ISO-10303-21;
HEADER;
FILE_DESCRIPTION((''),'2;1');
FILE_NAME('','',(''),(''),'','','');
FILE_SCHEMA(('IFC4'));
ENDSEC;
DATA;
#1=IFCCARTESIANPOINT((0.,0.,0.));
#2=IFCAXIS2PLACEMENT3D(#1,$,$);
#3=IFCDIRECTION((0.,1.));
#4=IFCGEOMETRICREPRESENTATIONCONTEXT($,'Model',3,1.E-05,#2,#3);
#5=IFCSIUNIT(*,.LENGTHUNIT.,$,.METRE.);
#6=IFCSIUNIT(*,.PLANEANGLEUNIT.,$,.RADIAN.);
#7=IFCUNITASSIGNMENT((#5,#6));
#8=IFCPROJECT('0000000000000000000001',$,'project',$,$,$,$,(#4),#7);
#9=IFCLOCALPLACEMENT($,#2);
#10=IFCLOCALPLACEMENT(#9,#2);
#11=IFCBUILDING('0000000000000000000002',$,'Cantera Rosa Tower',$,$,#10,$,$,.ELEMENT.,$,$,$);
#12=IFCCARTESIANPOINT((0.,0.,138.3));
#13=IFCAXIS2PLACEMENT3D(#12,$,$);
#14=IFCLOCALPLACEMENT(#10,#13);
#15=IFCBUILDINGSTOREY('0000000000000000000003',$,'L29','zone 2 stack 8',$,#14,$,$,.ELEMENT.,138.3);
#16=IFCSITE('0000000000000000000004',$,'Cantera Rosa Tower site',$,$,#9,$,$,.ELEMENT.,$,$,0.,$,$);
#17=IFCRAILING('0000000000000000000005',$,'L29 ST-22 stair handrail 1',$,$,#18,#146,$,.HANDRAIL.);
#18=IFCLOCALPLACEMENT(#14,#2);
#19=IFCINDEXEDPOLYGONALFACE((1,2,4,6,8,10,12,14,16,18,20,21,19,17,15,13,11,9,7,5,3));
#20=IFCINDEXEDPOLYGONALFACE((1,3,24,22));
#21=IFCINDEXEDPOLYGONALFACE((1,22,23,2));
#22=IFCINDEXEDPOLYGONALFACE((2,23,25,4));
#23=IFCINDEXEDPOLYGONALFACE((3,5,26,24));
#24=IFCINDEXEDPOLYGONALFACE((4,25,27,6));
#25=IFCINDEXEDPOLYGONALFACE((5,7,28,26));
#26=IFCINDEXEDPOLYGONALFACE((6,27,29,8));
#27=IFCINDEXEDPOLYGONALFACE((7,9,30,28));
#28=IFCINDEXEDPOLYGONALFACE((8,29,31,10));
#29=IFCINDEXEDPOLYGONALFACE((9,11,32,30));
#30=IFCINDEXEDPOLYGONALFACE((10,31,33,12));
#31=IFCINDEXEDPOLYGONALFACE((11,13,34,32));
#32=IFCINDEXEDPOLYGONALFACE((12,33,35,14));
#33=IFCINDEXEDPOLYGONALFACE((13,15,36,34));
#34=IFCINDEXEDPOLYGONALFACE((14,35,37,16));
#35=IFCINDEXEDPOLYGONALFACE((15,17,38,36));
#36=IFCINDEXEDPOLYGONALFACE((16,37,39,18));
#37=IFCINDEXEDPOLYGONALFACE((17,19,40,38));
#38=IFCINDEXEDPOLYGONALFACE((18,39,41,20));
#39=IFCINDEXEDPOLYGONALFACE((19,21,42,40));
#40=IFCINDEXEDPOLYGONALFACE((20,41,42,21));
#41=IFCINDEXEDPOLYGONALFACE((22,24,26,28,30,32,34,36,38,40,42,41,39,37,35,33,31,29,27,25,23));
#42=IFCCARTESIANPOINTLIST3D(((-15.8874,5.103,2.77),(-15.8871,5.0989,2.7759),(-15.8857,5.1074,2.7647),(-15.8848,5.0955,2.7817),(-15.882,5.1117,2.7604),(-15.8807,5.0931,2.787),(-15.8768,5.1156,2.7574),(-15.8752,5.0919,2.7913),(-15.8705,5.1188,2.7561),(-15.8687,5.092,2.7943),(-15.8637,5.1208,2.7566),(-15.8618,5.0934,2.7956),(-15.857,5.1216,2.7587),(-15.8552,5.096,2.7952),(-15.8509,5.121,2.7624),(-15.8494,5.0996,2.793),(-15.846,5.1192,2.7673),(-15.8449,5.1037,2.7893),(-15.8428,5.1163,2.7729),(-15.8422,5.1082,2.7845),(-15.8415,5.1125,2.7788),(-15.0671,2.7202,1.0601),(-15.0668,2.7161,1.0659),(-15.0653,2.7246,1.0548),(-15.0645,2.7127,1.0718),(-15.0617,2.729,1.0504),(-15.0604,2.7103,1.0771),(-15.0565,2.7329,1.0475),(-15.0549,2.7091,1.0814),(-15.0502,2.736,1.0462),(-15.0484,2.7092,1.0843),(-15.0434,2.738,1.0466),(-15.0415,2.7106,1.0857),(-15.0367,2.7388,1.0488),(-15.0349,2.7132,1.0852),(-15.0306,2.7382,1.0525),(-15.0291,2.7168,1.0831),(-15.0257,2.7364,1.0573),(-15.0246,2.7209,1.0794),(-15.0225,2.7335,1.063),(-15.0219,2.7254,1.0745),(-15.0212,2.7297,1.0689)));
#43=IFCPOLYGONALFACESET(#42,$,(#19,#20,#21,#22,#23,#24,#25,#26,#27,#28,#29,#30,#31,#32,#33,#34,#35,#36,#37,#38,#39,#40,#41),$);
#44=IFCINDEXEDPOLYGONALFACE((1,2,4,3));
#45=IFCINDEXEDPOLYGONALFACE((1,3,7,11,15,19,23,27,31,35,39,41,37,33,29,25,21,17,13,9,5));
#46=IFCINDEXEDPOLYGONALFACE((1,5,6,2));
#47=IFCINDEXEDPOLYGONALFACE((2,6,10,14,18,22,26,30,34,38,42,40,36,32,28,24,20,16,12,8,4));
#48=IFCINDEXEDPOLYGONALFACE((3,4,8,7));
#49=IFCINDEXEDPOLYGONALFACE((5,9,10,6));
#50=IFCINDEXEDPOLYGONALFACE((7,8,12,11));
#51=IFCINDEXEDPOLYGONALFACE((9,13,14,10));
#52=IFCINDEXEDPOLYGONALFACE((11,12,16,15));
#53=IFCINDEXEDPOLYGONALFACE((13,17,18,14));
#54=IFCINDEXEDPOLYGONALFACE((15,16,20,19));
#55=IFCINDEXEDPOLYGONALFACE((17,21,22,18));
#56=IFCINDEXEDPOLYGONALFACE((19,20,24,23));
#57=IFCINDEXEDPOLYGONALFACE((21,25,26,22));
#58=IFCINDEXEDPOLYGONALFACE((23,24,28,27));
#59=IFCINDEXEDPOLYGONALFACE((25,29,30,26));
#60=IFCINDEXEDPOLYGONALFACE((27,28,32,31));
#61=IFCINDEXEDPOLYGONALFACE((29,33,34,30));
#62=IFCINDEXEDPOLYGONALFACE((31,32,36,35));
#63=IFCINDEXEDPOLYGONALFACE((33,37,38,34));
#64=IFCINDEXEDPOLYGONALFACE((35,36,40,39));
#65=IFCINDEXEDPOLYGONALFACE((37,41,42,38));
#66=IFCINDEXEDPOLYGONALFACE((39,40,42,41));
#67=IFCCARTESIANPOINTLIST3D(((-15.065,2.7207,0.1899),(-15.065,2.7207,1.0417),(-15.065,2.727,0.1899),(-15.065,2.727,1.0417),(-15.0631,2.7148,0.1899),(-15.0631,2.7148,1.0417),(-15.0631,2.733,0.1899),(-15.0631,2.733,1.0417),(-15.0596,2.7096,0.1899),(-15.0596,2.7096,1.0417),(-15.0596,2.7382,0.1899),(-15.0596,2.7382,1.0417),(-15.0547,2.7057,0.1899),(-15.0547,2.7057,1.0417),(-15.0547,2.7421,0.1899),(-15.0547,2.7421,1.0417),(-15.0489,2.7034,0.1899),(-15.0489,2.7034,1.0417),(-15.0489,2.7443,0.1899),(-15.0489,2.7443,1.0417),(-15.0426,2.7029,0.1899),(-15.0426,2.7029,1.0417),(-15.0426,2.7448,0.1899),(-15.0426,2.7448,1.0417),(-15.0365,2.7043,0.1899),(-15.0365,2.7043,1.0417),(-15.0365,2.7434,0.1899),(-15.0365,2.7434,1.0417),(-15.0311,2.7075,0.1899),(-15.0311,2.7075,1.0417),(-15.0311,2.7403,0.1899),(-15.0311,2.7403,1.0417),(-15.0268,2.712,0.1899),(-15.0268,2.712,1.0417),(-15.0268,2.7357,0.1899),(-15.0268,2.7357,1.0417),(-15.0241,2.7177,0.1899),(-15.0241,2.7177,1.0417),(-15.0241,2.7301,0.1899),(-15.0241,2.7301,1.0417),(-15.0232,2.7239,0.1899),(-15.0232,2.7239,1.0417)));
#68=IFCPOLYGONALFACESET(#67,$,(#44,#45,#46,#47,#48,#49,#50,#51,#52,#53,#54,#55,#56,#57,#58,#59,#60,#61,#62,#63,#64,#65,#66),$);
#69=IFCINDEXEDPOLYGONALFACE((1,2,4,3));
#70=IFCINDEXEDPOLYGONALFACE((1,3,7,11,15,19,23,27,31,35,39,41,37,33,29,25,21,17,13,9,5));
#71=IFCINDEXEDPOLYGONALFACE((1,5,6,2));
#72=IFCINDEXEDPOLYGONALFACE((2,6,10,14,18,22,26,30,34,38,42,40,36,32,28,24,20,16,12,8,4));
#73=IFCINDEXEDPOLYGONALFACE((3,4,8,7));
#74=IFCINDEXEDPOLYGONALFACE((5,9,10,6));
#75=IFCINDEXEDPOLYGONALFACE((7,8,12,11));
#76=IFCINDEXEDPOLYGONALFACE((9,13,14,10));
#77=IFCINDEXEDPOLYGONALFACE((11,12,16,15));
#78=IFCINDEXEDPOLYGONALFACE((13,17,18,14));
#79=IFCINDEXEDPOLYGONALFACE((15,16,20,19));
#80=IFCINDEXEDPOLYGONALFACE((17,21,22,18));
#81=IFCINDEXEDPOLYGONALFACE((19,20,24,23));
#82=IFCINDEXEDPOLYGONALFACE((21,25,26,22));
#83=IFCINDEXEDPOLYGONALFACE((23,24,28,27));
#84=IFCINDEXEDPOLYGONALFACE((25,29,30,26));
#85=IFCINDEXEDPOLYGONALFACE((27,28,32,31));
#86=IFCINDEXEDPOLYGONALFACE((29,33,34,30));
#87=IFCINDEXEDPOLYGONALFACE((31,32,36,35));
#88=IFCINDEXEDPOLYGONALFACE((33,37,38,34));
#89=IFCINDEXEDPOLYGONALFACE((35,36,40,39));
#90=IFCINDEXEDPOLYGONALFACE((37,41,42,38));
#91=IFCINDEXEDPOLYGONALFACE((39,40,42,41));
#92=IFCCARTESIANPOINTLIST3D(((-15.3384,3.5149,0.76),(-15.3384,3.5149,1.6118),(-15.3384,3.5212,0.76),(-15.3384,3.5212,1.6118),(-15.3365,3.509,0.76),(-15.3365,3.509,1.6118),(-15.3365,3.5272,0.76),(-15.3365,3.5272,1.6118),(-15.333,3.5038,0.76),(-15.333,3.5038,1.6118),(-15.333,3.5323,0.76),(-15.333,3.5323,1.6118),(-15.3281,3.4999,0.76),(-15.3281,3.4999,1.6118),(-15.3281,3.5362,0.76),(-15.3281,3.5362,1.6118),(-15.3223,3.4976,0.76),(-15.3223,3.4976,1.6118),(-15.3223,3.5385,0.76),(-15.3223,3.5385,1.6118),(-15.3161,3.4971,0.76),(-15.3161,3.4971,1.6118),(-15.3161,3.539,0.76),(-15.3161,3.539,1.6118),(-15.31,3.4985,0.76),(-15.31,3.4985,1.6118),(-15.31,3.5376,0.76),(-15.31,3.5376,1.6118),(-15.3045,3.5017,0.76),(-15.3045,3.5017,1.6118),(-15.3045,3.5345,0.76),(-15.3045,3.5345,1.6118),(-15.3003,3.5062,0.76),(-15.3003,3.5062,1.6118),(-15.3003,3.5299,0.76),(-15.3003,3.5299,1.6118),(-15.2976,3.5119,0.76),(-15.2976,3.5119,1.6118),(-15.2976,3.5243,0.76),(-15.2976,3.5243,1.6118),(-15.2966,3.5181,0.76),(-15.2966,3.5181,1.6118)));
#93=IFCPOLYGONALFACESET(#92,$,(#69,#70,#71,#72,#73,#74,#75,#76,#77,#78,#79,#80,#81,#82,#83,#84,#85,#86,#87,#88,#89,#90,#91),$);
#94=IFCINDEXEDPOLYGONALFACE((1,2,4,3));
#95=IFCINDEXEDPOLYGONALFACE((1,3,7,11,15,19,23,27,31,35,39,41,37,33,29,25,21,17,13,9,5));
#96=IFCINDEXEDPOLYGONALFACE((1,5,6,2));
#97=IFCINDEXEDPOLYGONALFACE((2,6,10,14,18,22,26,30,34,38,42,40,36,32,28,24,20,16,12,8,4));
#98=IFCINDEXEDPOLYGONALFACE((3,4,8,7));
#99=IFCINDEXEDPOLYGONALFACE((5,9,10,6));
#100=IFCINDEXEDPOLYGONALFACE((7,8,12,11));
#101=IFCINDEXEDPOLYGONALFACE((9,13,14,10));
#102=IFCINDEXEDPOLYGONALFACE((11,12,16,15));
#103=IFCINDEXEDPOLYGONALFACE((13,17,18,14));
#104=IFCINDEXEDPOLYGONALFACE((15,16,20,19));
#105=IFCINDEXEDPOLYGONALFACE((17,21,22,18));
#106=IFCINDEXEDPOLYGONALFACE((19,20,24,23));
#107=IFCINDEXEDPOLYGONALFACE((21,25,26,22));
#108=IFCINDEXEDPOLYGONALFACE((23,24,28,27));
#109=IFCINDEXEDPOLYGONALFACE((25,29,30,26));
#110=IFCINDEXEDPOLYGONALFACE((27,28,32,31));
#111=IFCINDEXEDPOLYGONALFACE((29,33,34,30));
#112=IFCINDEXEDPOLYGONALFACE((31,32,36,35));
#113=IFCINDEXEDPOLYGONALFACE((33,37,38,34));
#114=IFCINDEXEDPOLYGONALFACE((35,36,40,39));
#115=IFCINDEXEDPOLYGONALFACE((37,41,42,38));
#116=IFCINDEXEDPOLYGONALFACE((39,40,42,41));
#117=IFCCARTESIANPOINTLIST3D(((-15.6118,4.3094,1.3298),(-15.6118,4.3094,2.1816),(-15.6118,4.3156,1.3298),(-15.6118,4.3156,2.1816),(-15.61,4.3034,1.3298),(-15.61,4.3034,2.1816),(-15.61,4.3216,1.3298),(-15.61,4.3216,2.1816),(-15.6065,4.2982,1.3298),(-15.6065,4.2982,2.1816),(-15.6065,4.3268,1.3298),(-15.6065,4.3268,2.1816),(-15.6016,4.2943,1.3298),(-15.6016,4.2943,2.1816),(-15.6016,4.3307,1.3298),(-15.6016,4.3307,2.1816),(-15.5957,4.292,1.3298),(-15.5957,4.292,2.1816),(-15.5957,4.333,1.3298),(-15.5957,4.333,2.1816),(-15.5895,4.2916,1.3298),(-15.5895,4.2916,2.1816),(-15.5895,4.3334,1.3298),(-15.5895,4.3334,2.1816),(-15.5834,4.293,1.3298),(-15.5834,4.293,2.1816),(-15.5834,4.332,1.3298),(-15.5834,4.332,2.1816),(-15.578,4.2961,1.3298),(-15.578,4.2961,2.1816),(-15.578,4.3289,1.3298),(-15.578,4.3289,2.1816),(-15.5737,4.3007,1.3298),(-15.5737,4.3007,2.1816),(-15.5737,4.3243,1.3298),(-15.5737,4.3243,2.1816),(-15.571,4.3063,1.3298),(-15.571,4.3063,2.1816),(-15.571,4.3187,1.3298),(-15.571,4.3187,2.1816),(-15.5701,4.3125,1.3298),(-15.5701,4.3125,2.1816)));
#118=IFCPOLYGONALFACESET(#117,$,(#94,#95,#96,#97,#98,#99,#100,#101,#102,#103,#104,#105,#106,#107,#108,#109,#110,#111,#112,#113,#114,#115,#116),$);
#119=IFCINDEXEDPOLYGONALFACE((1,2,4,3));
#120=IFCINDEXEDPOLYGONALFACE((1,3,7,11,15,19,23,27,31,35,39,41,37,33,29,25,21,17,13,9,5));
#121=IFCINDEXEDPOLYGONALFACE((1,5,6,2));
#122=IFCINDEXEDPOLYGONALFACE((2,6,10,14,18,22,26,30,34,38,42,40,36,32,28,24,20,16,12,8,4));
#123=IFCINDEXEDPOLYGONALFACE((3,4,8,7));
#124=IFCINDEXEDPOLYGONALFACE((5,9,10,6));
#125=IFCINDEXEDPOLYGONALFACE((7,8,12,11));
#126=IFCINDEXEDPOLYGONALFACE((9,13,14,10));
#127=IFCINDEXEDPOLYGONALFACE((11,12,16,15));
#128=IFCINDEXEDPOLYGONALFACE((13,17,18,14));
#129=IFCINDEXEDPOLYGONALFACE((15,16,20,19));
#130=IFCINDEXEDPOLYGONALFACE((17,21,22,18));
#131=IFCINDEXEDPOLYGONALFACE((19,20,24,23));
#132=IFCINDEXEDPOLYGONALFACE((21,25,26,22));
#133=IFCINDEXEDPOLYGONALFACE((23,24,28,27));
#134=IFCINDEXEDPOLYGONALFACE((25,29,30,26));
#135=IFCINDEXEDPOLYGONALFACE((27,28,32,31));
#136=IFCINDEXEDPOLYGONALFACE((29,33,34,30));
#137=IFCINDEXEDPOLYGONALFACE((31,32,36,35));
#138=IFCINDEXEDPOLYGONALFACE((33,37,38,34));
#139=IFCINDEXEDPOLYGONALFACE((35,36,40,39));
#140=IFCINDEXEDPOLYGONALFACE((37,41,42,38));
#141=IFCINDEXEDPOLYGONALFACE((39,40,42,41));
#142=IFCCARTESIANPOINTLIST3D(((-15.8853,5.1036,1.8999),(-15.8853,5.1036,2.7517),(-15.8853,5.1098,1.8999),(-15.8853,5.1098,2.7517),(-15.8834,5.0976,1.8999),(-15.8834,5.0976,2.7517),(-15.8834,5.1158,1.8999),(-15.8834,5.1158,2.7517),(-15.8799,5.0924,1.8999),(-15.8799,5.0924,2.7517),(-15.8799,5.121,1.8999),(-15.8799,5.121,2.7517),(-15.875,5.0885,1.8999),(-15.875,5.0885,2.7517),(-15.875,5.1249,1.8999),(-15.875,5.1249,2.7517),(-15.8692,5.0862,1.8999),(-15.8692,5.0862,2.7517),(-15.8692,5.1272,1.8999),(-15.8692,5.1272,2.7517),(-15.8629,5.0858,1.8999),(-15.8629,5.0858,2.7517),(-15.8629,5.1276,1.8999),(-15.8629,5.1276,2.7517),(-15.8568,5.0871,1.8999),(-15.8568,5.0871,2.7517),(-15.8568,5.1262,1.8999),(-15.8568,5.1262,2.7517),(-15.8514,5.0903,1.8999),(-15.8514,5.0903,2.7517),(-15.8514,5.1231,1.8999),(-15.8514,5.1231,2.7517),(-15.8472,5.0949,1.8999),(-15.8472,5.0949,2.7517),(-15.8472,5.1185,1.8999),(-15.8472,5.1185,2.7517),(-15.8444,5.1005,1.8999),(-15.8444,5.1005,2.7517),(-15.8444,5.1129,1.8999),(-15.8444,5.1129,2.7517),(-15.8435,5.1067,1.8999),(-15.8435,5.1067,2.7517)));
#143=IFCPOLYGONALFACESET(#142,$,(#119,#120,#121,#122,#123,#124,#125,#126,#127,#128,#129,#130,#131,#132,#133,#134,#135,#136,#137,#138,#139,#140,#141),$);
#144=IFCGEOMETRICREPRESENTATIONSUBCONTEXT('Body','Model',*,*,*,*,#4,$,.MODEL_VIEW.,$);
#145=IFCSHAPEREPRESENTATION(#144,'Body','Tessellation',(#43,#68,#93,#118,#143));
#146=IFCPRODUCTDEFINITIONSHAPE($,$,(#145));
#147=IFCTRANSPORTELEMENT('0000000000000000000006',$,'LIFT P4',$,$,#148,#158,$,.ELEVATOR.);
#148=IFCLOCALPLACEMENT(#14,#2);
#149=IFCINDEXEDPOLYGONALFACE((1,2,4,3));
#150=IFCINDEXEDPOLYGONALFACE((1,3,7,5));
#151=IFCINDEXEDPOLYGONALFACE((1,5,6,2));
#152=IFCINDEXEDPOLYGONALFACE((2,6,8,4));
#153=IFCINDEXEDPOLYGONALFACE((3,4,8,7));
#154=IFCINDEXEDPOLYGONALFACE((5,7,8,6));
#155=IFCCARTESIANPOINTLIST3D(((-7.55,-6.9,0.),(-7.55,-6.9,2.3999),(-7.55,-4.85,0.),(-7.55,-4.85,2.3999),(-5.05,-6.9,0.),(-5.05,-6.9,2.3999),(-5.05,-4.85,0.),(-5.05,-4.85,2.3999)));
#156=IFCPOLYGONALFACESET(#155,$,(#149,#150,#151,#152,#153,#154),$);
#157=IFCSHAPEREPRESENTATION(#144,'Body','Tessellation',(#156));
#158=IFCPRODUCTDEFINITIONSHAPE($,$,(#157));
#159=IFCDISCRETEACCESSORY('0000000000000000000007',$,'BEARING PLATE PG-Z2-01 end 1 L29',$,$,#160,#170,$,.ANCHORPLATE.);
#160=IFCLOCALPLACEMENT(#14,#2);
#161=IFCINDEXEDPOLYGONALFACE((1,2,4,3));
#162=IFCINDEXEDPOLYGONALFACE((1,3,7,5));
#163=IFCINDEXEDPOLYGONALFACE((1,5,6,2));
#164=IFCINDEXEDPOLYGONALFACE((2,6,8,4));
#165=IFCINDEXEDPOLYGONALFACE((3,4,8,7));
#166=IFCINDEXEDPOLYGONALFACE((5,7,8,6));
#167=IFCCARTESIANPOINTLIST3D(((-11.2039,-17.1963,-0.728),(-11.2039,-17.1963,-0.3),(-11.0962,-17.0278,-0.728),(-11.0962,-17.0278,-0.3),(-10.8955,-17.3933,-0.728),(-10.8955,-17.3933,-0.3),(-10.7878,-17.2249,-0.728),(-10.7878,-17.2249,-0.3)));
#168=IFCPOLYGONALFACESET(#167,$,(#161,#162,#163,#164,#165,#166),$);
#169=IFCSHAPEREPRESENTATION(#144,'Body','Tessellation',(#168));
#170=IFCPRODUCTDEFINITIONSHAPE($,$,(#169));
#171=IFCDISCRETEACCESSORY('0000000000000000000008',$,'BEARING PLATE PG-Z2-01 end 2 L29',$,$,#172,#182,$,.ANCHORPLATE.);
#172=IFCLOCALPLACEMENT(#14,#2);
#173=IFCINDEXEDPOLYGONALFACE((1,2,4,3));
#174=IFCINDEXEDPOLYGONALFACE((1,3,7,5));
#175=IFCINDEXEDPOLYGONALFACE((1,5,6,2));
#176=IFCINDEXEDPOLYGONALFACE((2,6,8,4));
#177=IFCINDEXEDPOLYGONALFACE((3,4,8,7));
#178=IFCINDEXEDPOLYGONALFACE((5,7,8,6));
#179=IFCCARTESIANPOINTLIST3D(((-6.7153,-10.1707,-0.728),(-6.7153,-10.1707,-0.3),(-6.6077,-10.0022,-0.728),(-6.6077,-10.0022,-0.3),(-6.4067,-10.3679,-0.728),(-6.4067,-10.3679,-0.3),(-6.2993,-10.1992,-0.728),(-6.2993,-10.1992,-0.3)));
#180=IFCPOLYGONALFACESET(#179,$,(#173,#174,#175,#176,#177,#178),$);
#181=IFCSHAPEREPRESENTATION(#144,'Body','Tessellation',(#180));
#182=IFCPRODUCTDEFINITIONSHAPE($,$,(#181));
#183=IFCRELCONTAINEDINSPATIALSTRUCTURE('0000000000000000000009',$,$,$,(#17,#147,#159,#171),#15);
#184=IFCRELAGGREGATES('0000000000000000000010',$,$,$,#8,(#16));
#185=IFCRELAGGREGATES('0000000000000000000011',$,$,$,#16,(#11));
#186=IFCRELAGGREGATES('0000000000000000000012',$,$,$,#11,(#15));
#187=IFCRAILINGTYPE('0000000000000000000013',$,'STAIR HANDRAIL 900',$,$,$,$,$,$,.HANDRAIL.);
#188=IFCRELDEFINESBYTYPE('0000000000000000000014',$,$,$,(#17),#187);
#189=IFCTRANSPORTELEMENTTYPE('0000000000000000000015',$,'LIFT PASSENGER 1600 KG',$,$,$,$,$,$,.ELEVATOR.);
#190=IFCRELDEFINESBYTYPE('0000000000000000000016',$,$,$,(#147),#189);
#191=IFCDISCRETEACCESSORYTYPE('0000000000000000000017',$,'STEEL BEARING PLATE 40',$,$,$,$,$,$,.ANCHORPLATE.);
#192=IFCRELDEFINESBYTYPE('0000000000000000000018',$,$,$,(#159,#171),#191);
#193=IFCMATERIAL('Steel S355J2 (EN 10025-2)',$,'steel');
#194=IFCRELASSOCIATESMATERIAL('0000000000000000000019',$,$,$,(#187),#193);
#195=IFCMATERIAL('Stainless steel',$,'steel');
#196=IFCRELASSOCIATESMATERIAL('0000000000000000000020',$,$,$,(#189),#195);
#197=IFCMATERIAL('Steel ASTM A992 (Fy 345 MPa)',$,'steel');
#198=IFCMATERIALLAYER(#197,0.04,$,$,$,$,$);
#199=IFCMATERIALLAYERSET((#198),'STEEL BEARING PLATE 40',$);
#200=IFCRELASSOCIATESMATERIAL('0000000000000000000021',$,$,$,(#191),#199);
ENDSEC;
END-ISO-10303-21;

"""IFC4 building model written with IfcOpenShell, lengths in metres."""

from ifc_helpers import new_model, si_unit, direction, frame, origin, origin_2d, place, context, subcontext, project, spatial, polyline, rectangle, circle, outline, extrude, material, layer, layer_set, type_object, element, save


model = new_model("IFC4")

# Units and contexts
model_context = context("Model", 3, precision=1e-05, world=origin(), true_north=direction((0.0, 1.0)))
body_context = subcontext(model_context, "Body", "Model", "MODEL_VIEW")
ifc_project = project(units=[si_unit("LENGTHUNIT", "METRE"), si_unit("PLANEANGLEUNIT", "RADIAN")], contexts=[model_context])

# Site, building, storey
site_placement = place(None, origin())
site = spatial("IfcSite", under=ifc_project, at=site_placement, Name="Cantera Rosa Tower site", CompositionType="ELEMENT", RefElevation=0.0)
building_placement = place(site_placement, origin())
building = spatial("IfcBuilding", under=site, at=building_placement, Name="Cantera Rosa Tower", CompositionType="ELEMENT")
storey_placement = place(building_placement, frame((0.0, 0.0, 138.3)))
storey = spatial("IfcBuildingStorey", under=building, at=storey_placement, Name="L29", Description="zone 2 stack 8", CompositionType="ELEMENT", Elevation=138.3)

# Railing
ifc_material_1 = material(Name="Steel S355J2 (EN 10025-2)", Category="steel")
railing_type_1 = type_object("IfcRailingType", Name="STAIR HANDRAIL 900", PredefinedType="HANDRAIL", material=ifc_material_1)
railing_1_placement = place(storey_placement, frame((-15.0442, 2.7239, 0.1899)))
element("IfcRailing", 1, at=railing_1_placement, inside=storey, type_object=railing_type_1, Name="L29 ST-22 stair handrail 1", PredefinedType="HANDRAIL", context=body_context, shape_type="SweptSolid", body=[
    extrude(circle(Radius=0.0239, at=origin_2d()), frame((0.0, 0.0, 0.876), z_axis=(-0.269358, 0.782421, 0.561483), x_axis=(-0.945538, -0.325513, 0.0)), (0.0, 0.0, 1.0), 3.0454),
    extrude(circle(Radius=0.021, at=origin_2d()), origin(), (0.0, 0.0, 1.0), 0.8518),
    extrude(circle(Radius=0.021, at=origin_2d()), frame((-0.2734, 0.7942, 0.5701)), (0.0, 0.0, 1.0), 0.8518),
    extrude(circle(Radius=0.021, at=origin_2d()), frame((-0.5469, 1.5886, 1.1399)), (0.0, 0.0, 1.0), 0.8518),
    extrude(circle(Radius=0.021, at=origin_2d()), frame((-0.8203, 2.3828, 1.71)), (0.0, 0.0, 1.0), 0.8518),
])

# Transport element
ifc_material_2 = material(Name="Stainless steel", Category="steel")
transport_element_type = type_object("IfcTransportElementType", Name="LIFT PASSENGER 1600 KG", PredefinedType="ELEVATOR", material=ifc_material_2)
transport_element_placement = place(storey_placement, frame((-6.3, -5.875, 0.0), z_axis=(0.0, 0.0, 1.0), x_axis=(1.0, 0.0, 0.0)))
element("IfcTransportElement", 2, at=transport_element_placement, inside=storey, type_object=transport_element_type, Name="LIFT P4", PredefinedType="ELEVATOR", context=body_context, shape_type="SweptSolid", body=[
    extrude(rectangle(XDim=2.5, YDim=2.05, at=origin_2d()), origin(), (0.0, 0.0, 1.0), 2.3999),
])

# Discrete accessories
ifc_material_3 = material(Name="Steel ASTM A992 (Fy 345 MPa)", Category="steel")
ifc_layer_1 = layer(ifc_material_3, 0.04)
ifc_layer_set_1 = layer_set([ifc_layer_1], Name="STEEL BEARING PLATE 40")
discrete_accessory_type = type_object("IfcDiscreteAccessoryType", Name="STEEL BEARING PLATE 40", PredefinedType="ANCHORPLATE", material=ifc_layer_set_1)
discrete_accessory_1_placement = place(storey_placement, frame((0.0, 0.0, -0.728)))
element("IfcDiscreteAccessory", 3, at=discrete_accessory_1_placement, inside=storey, type_object=discrete_accessory_type, Name="BEARING PLATE PG-Z2-01 end 1 L29", PredefinedType="ANCHORPLATE", context=body_context, shape_type="SweptSolid", body=[
    extrude(outline(polyline([(-11.0962, -17.0278), (-11.2039, -17.1963), (-10.8955, -17.3933), (-10.7878, -17.2249), (-11.0962, -17.0278)])), origin(), (0.0, 0.0, 1.0), 0.428),
])
discrete_accessory_2_placement = place(storey_placement, frame((0.0, 0.0, -0.728)))
element("IfcDiscreteAccessory", 4, at=discrete_accessory_2_placement, inside=storey, type_object=discrete_accessory_type, Name="BEARING PLATE PG-Z2-01 end 2 L29", PredefinedType="ANCHORPLATE", context=body_context, shape_type="SweptSolid", body=[
    extrude(outline(polyline([(-6.4067, -10.3679), (-6.2993, -10.1992), (-6.6077, -10.0022), (-6.7153, -10.1707), (-6.4067, -10.3679)])), origin(), (0.0, 0.0, 1.0), 0.428),
])

save(model, "model.ifc")
